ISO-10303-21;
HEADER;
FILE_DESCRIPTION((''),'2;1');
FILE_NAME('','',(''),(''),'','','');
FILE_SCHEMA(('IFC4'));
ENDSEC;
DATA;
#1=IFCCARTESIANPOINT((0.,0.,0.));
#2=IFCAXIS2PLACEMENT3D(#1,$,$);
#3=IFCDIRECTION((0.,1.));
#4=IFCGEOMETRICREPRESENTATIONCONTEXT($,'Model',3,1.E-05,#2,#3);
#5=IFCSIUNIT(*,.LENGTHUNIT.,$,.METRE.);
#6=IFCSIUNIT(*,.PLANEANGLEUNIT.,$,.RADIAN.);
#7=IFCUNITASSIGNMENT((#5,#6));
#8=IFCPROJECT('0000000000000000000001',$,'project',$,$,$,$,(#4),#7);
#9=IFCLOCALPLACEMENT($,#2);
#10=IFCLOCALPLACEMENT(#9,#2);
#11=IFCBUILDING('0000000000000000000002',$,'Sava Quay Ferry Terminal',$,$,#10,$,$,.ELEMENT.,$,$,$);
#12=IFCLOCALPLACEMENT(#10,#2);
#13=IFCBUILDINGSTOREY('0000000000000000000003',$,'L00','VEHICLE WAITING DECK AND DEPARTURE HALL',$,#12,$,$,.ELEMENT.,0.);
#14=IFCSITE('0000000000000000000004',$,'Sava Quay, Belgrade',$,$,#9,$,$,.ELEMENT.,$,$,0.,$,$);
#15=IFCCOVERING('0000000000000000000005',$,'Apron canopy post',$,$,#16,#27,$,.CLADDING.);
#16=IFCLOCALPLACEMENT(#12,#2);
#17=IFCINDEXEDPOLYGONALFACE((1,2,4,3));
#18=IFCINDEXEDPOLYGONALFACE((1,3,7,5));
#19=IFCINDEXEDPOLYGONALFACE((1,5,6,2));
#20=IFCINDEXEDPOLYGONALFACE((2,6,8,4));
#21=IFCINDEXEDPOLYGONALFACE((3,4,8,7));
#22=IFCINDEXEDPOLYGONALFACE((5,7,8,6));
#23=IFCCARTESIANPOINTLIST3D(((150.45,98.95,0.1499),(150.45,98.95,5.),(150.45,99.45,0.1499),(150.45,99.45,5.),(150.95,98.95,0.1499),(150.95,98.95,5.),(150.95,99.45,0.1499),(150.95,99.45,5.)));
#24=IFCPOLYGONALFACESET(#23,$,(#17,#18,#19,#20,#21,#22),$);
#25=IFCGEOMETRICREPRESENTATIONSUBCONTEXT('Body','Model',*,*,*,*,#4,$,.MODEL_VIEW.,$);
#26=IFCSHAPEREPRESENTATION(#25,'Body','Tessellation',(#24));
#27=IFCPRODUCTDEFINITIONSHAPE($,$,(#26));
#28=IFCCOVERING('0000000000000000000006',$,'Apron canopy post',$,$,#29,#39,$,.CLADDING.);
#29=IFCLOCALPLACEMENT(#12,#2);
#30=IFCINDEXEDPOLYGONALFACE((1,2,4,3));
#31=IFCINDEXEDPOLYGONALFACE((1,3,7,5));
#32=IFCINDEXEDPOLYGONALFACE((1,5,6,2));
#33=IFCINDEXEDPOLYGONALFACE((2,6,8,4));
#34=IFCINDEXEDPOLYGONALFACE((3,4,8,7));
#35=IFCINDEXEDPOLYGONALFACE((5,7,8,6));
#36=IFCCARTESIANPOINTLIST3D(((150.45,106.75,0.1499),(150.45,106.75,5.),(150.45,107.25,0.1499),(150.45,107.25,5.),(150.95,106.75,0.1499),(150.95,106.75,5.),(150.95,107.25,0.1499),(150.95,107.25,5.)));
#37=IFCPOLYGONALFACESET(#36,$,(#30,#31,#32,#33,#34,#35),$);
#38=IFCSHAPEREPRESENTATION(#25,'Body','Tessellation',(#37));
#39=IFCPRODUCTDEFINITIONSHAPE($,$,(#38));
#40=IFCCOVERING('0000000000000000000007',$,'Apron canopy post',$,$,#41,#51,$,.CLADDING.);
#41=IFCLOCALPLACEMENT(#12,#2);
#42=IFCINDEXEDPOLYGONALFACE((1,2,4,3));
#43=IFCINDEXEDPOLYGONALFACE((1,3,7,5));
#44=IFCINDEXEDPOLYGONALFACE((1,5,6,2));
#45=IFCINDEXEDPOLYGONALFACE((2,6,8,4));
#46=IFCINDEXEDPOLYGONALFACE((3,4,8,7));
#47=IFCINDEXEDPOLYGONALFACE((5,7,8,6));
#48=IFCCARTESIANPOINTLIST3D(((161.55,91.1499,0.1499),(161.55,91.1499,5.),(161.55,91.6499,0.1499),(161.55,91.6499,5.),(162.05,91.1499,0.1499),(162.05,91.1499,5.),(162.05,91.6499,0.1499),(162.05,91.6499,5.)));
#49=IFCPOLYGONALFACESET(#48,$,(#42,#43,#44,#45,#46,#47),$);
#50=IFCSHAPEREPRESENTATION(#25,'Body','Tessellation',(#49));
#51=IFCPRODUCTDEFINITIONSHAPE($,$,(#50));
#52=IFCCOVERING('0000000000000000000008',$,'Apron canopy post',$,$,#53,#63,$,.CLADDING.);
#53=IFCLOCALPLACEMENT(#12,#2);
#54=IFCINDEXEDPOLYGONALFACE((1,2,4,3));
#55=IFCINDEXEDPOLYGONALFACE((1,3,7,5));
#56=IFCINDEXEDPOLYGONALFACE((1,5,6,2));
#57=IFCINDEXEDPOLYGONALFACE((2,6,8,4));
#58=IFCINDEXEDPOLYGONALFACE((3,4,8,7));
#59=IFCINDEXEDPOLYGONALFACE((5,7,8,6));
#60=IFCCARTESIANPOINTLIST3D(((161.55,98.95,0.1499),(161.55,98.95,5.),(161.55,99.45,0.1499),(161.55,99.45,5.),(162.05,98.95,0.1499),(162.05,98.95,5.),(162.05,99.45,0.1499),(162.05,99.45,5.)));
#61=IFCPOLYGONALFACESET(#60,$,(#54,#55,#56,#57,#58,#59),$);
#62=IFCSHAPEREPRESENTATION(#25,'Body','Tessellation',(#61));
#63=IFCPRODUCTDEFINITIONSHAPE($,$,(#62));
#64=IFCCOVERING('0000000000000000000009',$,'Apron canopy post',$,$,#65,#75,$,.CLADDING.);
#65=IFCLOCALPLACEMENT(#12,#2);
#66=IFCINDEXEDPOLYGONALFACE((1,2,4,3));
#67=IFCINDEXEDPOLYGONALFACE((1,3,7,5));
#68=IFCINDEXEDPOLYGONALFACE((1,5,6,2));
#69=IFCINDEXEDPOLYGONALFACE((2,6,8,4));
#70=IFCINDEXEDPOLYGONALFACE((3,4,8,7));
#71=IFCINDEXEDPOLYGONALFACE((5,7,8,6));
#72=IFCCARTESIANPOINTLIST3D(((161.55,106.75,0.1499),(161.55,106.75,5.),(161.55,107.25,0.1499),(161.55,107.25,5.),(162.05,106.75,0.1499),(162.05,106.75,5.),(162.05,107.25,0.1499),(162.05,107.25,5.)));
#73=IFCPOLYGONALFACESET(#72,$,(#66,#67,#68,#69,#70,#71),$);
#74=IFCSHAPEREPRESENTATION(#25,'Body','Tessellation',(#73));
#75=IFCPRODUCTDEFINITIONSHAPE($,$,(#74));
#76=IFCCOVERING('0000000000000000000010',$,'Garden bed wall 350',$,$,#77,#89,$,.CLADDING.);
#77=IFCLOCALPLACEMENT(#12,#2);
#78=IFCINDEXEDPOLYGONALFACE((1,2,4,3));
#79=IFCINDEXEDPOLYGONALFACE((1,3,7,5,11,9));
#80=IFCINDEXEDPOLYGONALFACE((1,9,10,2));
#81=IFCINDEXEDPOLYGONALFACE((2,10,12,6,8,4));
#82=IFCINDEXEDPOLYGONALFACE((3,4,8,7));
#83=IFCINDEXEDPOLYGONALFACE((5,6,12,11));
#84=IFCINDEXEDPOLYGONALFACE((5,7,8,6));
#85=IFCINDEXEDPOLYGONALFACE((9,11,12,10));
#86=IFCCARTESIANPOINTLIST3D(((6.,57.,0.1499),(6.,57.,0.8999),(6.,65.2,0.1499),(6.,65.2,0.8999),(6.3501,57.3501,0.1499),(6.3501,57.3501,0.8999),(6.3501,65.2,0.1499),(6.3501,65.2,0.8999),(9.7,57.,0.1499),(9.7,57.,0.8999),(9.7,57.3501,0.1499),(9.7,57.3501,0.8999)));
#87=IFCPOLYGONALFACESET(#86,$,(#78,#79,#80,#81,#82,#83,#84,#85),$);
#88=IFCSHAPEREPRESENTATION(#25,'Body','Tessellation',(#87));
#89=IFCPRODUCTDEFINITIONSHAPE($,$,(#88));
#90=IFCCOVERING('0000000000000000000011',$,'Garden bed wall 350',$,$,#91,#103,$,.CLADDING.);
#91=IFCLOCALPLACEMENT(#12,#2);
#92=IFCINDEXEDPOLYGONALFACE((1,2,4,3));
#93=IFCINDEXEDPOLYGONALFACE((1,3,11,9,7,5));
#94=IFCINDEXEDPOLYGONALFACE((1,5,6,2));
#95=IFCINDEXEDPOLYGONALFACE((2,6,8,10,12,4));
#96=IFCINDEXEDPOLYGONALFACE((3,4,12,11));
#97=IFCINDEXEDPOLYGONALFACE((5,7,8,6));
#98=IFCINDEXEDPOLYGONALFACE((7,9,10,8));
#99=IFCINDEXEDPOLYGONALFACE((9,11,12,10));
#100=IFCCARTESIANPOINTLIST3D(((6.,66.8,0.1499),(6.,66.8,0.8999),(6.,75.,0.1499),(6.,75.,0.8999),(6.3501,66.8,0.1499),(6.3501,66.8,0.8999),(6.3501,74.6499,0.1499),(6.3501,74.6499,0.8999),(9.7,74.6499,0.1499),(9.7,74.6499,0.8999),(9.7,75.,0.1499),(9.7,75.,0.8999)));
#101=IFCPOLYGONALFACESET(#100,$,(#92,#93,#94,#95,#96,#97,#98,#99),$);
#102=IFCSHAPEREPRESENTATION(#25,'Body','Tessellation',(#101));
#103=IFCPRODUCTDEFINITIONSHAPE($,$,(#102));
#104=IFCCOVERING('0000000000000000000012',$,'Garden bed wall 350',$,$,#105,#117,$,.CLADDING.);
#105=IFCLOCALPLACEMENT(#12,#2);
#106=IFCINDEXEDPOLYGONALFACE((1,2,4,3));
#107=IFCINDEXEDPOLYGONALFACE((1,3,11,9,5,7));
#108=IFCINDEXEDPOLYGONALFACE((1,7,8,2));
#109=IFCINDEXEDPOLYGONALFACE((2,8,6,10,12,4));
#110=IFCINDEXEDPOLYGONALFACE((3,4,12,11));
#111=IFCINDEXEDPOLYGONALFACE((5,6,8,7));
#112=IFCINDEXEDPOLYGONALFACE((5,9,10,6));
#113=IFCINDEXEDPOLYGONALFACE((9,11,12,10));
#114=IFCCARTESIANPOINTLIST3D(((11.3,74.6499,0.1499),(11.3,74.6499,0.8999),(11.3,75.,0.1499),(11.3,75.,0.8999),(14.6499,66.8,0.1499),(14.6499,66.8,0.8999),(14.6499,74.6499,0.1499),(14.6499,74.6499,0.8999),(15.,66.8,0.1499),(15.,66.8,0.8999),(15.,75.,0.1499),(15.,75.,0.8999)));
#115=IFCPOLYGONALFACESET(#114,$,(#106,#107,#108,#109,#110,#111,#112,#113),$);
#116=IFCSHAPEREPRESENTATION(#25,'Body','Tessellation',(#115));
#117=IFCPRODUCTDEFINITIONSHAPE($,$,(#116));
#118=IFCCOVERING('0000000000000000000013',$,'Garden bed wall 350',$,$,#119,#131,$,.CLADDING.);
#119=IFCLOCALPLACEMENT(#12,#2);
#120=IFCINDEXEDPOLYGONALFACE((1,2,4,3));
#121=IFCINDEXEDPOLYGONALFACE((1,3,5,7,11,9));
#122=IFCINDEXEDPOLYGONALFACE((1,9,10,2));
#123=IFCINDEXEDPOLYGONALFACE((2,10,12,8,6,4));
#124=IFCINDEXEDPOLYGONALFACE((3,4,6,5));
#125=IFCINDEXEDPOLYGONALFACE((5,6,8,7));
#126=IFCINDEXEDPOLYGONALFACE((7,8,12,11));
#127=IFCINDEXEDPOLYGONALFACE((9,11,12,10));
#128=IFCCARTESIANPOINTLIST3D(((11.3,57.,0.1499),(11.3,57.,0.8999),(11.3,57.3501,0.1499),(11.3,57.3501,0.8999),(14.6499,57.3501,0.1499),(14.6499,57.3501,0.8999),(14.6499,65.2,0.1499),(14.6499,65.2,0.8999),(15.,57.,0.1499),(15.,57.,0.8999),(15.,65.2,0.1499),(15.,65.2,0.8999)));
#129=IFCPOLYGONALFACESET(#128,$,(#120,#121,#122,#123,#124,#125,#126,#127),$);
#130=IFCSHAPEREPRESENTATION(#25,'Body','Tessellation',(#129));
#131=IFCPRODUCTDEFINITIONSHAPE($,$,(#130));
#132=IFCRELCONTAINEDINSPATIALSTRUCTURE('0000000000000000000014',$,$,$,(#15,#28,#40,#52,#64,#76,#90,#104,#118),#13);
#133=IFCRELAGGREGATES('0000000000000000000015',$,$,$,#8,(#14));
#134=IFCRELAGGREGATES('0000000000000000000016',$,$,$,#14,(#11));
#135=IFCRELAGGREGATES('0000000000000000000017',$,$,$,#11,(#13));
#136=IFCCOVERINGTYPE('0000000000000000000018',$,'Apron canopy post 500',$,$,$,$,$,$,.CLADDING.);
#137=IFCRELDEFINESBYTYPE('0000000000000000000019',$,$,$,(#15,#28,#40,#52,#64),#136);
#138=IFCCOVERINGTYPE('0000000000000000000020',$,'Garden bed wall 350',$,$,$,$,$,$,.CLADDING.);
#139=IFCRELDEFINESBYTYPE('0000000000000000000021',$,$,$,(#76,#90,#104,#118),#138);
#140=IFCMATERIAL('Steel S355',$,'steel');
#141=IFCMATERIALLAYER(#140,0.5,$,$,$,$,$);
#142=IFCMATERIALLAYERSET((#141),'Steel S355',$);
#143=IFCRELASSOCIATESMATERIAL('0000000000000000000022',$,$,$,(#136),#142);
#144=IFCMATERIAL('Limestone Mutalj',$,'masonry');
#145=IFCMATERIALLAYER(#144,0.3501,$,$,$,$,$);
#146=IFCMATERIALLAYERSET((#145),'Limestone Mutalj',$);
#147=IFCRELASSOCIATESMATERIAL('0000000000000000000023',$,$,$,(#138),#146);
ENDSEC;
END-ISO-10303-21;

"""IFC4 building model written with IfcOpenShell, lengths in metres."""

from ifc_helpers import new_model, si_unit, direction, frame, origin, place, context, subcontext, project, spatial, polyline, outline, extrude, material, layer, layer_set, type_object, element, save


model = new_model("IFC4")

# Units and contexts
model_context = context("Model", 3, precision=1e-05, world=origin(), true_north=direction((0.0, 1.0)))
body_context = subcontext(model_context, "Body", "Model", "MODEL_VIEW")
ifc_project = project(units=[si_unit("LENGTHUNIT", "METRE"), si_unit("PLANEANGLEUNIT", "RADIAN")], contexts=[model_context])

# Site, building, storey
site_placement = place(None, origin())
site = spatial("IfcSite", under=ifc_project, at=site_placement, Name="Sava Quay, Belgrade", CompositionType="ELEMENT", RefElevation=0.0)
building_placement = place(site_placement, origin())
building = spatial("IfcBuilding", under=site, at=building_placement, Name="Sava Quay Ferry Terminal", CompositionType="ELEMENT")
storey_placement = place(building_placement, origin())
storey = spatial("IfcBuildingStorey", under=building, at=storey_placement, Name="L00", Description="VEHICLE WAITING DECK AND DEPARTURE HALL", CompositionType="ELEMENT", Elevation=0.0)

# Coverings
ifc_material_1 = material(Name="Steel S355", Category="steel")
ifc_layer_1 = layer(ifc_material_1, 0.5)
ifc_layer_set_1 = layer_set([ifc_layer_1], Name="Steel S355")
covering_type_1 = type_object("IfcCoveringType", Name="Apron canopy post 500", PredefinedType="CLADDING", material=ifc_layer_set_1)
covering_1_placement = place(storey_placement, frame((0.0, 0.0, 0.1499)))
element("IfcCovering", 1, at=covering_1_placement, inside=storey, type_object=covering_type_1, Name="Apron canopy post", PredefinedType="CLADDING", context=body_context, shape_type="SweptSolid", body=[
    extrude(outline(polyline([(150.95, 98.95), (150.95, 99.45), (150.45, 99.45), (150.45, 98.95), (150.95, 98.95)])), origin(), (0.0, 0.0, 1.0), 4.8501),
])
covering_2_placement = place(storey_placement, frame((0.0, 0.0, 0.1499)))
element("IfcCovering", 2, at=covering_2_placement, inside=storey, type_object=covering_type_1, Name="Apron canopy post", PredefinedType="CLADDING", context=body_context, shape_type="SweptSolid", body=[
    extrude(outline(polyline([(150.95, 106.75), (150.95, 107.25), (150.45, 107.25), (150.45, 106.75), (150.95, 106.75)])), origin(), (0.0, 0.0, 1.0), 4.8501),
])
covering_3_placement = place(storey_placement, frame((0.0, 0.0, 0.1499)))
element("IfcCovering", 3, at=covering_3_placement, inside=storey, type_object=covering_type_1, Name="Apron canopy post", PredefinedType="CLADDING", context=body_context, shape_type="SweptSolid", body=[
    extrude(outline(polyline([(162.05, 91.1499), (162.05, 91.6499), (161.55, 91.6499), (161.55, 91.1499), (162.05, 91.1499)])), origin(), (0.0, 0.0, 1.0), 4.8501),
])
covering_4_placement = place(storey_placement, frame((0.0, 0.0, 0.1499)))
element("IfcCovering", 4, at=covering_4_placement, inside=storey, type_object=covering_type_1, Name="Apron canopy post", PredefinedType="CLADDING", context=body_context, shape_type="SweptSolid", body=[
    extrude(outline(polyline([(162.05, 98.95), (162.05, 99.45), (161.55, 99.45), (161.55, 98.95), (162.05, 98.95)])), origin(), (0.0, 0.0, 1.0), 4.8501),
])
covering_5_placement = place(storey_placement, frame((0.0, 0.0, 0.1499)))
element("IfcCovering", 5, at=covering_5_placement, inside=storey, type_object=covering_type_1, Name="Apron canopy post", PredefinedType="CLADDING", context=body_context, shape_type="SweptSolid", body=[
    extrude(outline(polyline([(162.05, 106.75), (162.05, 107.25), (161.55, 107.25), (161.55, 106.75), (162.05, 106.75)])), origin(), (0.0, 0.0, 1.0), 4.8501),
])
ifc_material_2 = material(Name="Limestone Mutalj", Category="masonry")
ifc_layer_2 = layer(ifc_material_2, 0.3501)
ifc_layer_set_2 = layer_set([ifc_layer_2], Name="Limestone Mutalj")
covering_type_2 = type_object("IfcCoveringType", Name="Garden bed wall 350", PredefinedType="CLADDING", material=ifc_layer_set_2)
covering_6_placement = place(storey_placement, frame((0.0, 0.0, 0.1499)))
element("IfcCovering", 6, at=covering_6_placement, inside=storey, type_object=covering_type_2, Name="Garden bed wall 350", PredefinedType="CLADDING", context=body_context, shape_type="SweptSolid", body=[
    extrude(outline(polyline([(6.3501, 57.3501), (6.3501, 65.2), (6.0, 65.2), (6.0, 57.0), (9.7, 57.0), (9.7, 57.3501), (6.3501, 57.3501)])), origin(), (0.0, 0.0, 1.0), 0.75),
])
covering_7_placement = place(storey_placement, frame((0.0, 0.0, 0.1499)))
element("IfcCovering", 7, at=covering_7_placement, inside=storey, type_object=covering_type_2, Name="Garden bed wall 350", PredefinedType="CLADDING", context=body_context, shape_type="SweptSolid", body=[
    extrude(outline(polyline([(9.7, 74.6499), (9.7, 75.0), (6.0, 75.0), (6.0, 66.8), (6.3501, 66.8), (6.3501, 74.6499), (9.7, 74.6499)])), origin(), (0.0, 0.0, 1.0), 0.75),
])
covering_8_placement = place(storey_placement, frame((0.0, 0.0, 0.1499)))
element("IfcCovering", 8, at=covering_8_placement, inside=storey, type_object=covering_type_2, Name="Garden bed wall 350", PredefinedType="CLADDING", context=body_context, shape_type="SweptSolid", body=[
    extrude(outline(polyline([(14.6499, 66.8), (15.0, 66.8), (15.0, 75.0), (11.3, 75.0), (11.3, 74.6499), (14.6499, 74.6499), (14.6499, 66.8)])), origin(), (0.0, 0.0, 1.0), 0.75),
])
covering_9_placement = place(storey_placement, frame((0.0, 0.0, 0.1499)))
element("IfcCovering", 9, at=covering_9_placement, inside=storey, type_object=covering_type_2, Name="Garden bed wall 350", PredefinedType="CLADDING", context=body_context, shape_type="SweptSolid", body=[
    extrude(outline(polyline([(11.3, 57.3501), (11.3, 57.0), (15.0, 57.0), (15.0, 65.2), (14.6499, 65.2), (14.6499, 57.3501), (11.3, 57.3501)])), origin(), (0.0, 0.0, 1.0), 0.75),
])

save(model, "model.ifc")
